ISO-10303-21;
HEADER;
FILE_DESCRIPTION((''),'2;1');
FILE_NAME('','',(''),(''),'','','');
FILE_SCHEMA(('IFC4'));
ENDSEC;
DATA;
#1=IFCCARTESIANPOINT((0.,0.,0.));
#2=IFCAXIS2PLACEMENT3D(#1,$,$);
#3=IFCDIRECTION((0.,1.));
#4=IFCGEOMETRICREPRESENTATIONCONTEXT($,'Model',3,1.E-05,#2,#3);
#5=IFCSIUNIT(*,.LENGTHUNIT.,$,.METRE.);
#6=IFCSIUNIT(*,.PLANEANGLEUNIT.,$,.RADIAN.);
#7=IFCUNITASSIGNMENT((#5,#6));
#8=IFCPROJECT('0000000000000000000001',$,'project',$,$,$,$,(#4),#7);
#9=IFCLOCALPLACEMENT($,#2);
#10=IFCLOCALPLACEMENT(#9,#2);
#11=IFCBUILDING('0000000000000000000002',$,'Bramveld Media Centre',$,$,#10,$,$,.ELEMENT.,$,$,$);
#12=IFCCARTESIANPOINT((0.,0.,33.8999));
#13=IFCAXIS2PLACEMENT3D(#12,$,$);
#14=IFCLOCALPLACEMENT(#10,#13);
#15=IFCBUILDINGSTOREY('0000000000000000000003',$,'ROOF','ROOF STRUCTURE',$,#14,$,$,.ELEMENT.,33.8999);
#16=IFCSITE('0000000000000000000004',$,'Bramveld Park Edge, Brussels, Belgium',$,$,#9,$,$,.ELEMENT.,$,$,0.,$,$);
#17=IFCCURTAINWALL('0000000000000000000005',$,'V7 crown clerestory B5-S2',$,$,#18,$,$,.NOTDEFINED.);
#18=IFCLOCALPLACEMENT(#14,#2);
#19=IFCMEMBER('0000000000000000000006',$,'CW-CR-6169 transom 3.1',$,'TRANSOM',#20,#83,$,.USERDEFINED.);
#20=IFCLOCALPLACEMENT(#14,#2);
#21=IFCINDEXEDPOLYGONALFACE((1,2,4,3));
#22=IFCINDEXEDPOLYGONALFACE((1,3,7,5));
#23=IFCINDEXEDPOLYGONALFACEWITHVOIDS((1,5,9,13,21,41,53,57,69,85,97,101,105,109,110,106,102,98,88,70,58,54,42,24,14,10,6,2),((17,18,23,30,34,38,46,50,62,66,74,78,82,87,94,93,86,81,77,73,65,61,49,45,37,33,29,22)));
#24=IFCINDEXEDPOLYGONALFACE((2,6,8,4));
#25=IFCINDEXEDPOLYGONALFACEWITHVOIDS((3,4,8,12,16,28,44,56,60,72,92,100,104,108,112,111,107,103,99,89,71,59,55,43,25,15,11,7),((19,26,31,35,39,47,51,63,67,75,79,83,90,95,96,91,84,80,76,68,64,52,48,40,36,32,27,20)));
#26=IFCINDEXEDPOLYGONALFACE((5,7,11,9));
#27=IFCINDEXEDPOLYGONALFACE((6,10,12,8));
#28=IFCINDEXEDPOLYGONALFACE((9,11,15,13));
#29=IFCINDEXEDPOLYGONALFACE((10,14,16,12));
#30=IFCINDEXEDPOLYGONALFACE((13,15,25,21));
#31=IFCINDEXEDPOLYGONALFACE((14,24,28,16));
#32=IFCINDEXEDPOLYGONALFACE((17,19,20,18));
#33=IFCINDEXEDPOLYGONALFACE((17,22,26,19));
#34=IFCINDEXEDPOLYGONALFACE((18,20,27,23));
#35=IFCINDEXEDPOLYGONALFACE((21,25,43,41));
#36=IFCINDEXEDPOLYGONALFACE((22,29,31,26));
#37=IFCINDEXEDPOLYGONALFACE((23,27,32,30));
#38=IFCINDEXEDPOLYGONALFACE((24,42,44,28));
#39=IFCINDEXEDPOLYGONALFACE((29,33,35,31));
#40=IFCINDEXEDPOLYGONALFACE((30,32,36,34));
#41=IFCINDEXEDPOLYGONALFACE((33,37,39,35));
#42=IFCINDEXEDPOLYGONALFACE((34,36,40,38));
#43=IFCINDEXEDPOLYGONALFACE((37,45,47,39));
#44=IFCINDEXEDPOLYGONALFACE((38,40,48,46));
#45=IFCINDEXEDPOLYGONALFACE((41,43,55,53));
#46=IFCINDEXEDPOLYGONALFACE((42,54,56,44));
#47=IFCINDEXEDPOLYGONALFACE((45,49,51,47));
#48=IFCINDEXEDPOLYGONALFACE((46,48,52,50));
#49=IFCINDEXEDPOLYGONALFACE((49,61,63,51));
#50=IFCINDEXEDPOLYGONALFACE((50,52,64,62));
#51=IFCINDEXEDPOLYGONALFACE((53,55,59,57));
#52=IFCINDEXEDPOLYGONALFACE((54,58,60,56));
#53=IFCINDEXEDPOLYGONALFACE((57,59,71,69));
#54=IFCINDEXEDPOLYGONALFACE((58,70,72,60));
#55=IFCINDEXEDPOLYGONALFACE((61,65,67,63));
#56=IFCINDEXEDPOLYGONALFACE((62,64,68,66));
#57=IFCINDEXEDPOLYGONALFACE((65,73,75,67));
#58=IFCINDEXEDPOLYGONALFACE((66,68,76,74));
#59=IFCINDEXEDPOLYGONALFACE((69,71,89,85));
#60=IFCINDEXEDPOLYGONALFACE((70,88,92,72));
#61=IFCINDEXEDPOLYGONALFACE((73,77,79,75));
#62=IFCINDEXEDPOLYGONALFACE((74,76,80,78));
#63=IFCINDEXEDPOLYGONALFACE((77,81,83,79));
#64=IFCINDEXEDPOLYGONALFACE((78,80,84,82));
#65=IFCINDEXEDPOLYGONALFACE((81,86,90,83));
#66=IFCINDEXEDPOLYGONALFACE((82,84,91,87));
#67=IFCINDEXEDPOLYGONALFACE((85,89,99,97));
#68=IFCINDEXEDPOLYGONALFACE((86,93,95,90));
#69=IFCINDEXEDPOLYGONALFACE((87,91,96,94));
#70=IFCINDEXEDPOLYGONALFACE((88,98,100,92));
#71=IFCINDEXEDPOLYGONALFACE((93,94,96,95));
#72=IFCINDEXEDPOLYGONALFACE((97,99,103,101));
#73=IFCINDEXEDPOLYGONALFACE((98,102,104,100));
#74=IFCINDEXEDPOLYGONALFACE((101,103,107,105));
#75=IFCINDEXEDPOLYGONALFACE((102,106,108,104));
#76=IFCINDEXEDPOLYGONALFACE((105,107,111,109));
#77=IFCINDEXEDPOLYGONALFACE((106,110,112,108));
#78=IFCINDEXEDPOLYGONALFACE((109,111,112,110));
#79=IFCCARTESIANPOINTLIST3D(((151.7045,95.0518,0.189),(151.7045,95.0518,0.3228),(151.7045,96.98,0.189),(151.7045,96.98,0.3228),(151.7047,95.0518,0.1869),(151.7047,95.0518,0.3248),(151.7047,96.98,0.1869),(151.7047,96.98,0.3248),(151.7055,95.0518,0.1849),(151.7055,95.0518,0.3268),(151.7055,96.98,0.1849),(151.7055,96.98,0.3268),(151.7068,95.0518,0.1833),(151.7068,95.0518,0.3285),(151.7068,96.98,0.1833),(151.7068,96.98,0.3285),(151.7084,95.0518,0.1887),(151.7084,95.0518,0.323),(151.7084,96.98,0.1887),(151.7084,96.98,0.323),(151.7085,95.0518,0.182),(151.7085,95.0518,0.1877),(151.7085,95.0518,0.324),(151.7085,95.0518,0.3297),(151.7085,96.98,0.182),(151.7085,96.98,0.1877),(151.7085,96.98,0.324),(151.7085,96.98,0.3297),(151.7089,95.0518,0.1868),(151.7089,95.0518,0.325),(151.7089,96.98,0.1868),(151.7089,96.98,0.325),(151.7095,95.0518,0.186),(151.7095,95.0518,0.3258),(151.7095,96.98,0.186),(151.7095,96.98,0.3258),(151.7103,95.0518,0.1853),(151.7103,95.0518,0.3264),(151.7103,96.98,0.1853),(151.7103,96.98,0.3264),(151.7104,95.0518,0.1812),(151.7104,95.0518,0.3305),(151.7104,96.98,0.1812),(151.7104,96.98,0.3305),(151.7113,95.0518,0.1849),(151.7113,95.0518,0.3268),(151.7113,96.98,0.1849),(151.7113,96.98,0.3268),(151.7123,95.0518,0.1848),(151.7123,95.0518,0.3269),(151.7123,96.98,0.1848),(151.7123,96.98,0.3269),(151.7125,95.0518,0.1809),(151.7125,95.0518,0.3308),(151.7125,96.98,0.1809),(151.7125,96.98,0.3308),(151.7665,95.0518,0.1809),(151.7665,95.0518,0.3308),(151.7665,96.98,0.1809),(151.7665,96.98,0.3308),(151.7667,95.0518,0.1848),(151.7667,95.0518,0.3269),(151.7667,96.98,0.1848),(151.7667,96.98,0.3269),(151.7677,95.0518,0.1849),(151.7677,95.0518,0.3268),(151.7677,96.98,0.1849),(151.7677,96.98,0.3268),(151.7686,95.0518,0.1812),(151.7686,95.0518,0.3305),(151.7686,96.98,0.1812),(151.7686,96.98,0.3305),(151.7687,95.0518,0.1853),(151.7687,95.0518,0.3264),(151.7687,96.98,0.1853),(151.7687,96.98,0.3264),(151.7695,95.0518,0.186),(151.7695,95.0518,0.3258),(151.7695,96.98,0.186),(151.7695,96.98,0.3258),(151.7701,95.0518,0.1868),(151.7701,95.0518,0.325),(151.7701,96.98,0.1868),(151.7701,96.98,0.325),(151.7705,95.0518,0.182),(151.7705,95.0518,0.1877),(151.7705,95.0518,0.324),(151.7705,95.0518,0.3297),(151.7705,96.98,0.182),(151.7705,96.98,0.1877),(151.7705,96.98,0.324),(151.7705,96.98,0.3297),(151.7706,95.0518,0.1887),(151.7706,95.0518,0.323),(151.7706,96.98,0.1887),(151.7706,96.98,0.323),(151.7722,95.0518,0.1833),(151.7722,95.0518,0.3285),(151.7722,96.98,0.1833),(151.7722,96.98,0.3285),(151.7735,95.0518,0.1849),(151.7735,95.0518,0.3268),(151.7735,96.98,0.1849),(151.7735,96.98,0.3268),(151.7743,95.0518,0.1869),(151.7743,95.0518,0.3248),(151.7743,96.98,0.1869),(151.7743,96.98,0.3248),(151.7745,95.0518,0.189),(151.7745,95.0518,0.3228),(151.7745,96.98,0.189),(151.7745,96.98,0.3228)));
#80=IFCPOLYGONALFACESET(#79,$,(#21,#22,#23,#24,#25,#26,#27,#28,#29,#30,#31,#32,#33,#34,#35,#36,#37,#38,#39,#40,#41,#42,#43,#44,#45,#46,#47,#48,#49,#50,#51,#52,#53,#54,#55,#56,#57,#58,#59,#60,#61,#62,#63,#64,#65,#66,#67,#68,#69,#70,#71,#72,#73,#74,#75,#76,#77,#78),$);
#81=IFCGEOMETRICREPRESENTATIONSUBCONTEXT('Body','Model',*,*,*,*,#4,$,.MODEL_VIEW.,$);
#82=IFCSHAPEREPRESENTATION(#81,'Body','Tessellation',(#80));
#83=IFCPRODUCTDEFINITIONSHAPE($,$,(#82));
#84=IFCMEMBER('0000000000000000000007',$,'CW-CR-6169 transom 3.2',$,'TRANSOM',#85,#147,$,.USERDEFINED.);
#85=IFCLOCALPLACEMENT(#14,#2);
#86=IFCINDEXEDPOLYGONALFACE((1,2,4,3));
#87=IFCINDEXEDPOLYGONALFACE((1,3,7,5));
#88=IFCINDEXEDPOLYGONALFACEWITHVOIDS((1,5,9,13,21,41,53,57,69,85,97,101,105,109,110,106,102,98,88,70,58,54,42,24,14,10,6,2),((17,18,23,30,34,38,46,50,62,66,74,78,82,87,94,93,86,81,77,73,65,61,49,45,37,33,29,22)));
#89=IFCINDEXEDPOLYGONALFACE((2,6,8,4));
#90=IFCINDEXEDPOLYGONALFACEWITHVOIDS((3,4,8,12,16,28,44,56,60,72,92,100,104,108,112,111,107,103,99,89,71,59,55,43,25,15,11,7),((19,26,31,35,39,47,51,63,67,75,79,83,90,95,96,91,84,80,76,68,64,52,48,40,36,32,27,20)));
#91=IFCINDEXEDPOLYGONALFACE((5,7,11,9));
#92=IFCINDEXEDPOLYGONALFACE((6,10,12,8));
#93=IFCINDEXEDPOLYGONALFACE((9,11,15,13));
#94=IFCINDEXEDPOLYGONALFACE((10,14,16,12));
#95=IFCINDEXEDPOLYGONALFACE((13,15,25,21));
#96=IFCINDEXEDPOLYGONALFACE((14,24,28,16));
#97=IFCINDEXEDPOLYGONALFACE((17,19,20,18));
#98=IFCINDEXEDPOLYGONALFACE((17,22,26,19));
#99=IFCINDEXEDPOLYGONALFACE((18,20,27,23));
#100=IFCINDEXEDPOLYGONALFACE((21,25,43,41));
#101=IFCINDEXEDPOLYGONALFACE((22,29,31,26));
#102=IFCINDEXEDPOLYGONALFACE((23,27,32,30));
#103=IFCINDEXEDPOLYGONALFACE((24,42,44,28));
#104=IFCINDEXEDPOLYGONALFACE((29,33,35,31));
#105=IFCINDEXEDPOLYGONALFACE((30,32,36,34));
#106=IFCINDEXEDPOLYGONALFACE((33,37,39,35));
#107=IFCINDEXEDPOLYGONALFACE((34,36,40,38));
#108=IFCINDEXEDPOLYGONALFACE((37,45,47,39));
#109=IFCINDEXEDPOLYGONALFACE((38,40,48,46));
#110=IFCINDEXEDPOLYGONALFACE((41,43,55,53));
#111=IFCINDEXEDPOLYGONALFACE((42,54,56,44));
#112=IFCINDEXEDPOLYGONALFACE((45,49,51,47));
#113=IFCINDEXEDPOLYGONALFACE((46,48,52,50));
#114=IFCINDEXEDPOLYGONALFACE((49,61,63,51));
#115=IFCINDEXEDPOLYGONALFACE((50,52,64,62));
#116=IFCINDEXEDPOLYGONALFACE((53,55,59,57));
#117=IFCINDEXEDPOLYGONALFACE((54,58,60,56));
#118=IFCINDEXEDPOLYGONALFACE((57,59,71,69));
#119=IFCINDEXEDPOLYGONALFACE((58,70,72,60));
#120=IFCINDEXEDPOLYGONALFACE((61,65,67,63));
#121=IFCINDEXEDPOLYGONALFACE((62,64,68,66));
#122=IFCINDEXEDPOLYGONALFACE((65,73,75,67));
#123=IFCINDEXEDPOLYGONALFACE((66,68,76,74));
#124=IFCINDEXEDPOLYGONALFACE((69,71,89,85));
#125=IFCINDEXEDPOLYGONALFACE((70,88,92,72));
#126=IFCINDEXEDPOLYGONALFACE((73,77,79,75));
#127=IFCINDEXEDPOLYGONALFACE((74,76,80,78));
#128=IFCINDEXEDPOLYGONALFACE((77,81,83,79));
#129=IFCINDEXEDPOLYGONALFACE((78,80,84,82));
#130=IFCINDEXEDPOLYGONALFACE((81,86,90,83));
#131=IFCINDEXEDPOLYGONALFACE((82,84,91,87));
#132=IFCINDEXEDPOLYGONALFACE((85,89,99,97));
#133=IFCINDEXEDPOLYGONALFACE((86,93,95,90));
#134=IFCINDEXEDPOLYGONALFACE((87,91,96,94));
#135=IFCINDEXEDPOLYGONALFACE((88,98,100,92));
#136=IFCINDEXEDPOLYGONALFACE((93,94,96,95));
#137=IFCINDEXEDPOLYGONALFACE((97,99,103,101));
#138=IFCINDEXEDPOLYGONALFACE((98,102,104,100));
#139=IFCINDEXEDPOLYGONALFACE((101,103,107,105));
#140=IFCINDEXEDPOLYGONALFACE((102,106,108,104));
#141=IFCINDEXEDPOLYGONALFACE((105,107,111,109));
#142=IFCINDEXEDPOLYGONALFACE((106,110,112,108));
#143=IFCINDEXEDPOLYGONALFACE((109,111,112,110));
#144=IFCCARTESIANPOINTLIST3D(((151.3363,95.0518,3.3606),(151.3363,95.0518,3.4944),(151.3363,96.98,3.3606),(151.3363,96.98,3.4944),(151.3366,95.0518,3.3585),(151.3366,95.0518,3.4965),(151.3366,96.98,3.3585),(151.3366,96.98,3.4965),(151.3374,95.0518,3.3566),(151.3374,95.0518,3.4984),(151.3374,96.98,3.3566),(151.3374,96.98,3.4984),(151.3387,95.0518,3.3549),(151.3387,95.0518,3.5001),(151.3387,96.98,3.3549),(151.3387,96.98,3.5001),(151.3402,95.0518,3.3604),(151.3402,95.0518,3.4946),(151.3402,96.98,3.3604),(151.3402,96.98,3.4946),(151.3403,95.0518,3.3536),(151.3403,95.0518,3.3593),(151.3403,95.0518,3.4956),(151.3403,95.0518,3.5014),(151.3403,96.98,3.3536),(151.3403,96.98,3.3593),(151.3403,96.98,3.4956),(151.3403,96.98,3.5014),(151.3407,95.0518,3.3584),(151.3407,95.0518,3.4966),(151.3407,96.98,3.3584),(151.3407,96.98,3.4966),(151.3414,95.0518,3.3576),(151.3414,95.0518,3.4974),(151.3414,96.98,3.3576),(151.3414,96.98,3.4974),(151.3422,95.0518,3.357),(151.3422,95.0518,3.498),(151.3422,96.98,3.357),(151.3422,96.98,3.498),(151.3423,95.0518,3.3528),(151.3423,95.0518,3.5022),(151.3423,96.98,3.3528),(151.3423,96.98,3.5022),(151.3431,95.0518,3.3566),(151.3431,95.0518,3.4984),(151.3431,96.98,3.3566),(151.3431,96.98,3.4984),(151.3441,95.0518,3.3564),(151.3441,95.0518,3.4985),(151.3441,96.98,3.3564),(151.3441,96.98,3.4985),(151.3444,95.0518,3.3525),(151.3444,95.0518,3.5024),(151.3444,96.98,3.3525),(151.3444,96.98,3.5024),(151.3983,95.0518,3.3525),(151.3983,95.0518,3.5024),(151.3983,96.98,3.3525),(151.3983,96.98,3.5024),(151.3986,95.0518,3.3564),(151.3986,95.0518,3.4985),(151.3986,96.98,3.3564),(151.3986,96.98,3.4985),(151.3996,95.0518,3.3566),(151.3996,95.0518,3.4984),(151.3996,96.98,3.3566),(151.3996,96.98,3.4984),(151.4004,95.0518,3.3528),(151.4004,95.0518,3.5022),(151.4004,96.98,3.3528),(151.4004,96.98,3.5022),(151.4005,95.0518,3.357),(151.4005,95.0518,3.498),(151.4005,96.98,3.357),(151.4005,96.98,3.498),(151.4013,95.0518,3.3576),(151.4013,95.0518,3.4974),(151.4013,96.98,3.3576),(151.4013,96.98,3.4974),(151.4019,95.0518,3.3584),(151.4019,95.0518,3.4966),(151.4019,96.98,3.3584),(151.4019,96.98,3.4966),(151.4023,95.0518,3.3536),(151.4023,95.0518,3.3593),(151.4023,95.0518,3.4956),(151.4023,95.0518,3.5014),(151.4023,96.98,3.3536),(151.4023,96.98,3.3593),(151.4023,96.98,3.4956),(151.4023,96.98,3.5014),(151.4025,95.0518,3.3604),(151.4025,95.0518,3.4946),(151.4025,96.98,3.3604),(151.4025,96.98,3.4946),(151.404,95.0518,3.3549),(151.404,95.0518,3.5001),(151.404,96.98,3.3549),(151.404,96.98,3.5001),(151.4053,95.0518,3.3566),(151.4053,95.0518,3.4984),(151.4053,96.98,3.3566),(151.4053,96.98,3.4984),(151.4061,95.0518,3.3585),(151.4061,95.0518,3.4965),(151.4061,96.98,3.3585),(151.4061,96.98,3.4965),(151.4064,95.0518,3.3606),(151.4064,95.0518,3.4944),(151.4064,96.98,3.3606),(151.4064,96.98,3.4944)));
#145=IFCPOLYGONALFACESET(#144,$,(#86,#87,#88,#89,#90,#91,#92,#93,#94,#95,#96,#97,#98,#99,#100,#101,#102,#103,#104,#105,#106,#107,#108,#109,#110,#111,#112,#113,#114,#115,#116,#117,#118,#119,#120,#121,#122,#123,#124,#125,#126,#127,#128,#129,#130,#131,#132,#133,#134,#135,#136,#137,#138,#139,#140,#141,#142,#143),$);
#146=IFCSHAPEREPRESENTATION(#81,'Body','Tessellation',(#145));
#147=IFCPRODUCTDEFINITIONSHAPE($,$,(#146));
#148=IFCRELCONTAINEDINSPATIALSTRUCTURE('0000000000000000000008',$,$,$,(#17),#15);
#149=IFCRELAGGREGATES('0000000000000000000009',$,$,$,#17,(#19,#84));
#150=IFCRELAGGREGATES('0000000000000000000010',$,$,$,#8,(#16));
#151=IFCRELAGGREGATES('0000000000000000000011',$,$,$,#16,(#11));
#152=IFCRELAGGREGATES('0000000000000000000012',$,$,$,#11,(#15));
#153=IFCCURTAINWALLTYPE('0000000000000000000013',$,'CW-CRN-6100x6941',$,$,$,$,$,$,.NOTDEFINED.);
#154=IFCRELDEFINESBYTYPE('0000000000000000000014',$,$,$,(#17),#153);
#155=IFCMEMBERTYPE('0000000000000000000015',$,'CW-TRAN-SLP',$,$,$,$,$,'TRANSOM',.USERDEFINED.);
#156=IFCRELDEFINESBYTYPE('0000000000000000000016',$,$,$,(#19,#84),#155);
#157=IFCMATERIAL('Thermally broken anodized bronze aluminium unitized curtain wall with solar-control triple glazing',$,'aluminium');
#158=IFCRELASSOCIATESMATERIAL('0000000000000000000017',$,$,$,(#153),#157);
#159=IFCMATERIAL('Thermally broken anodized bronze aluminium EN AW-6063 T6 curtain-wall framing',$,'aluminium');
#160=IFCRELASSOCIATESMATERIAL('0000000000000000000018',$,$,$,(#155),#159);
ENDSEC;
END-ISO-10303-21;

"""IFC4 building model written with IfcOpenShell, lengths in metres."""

from ifc_helpers import new_model, si_unit, direction, frame, origin, origin_2d, place, context, subcontext, project, spatial, hollow_rectangle, extrude, material, material_profile, profile_set, type_object, element, aggregate, save


model = new_model("IFC4")

# Units and contexts
model_context = context("Model", 3, precision=1e-05, world=origin(), true_north=direction((0.0, 1.0)))
body_context = subcontext(model_context, "Body", "Model", "MODEL_VIEW")
ifc_project = project(units=[si_unit("LENGTHUNIT", "METRE"), si_unit("PLANEANGLEUNIT", "RADIAN")], contexts=[model_context])

# Site, building, storey
site_placement = place(None, origin())
site = spatial("IfcSite", under=ifc_project, at=site_placement, Name="Bramveld Park Edge, Brussels, Belgium", CompositionType="ELEMENT", RefElevation=0.0)
building_placement = place(site_placement, origin())
building = spatial("IfcBuilding", under=site, at=building_placement, Name="Bramveld Media Centre", CompositionType="ELEMENT")
storey_placement = place(building_placement, frame((0.0, 0.0, 33.8999)))
storey = spatial("IfcBuildingStorey", under=building, at=storey_placement, Name="ROOF", Description="ROOF STRUCTURE", CompositionType="ELEMENT", Elevation=33.8999)

# Curtain wall
ifc_material_1 = material(Name="Thermally broken anodized bronze aluminium unitized curtain wall with solar-control triple glazing", Category="aluminium")
curtain_wall_type = type_object("IfcCurtainWallType", Name="CW-CRN-6100x6941", PredefinedType="NOTDEFINED", material=ifc_material_1)
curtain_wall_1_placement = place(storey_placement, origin())
curtain_wall_1 = element("IfcCurtainWall", 1, at=curtain_wall_1_placement, inside=storey, type_object=curtain_wall_type, Name="V7 crown clerestory B5-S2", PredefinedType="NOTDEFINED")

# Members
ifc_material_2 = material(Name="Thermally broken anodized bronze aluminium EN AW-6063 T6 curtain-wall framing", Category="aluminium")
ifc_material_profile_1 = material_profile(ifc_material_2, hollow_rectangle(XDim=0.0701, YDim=0.1499, WallThickness=0.0039, InnerFilletRadius=0.0039, OuterFilletRadius=0.0081, at=origin_2d()), Name="AL-TRAN 70x150")
ifc_profile_set_1 = profile_set([ifc_material_profile_1], Name="Thermally broken anodized bronze aluminium EN AW-6063 T6 curtain-wall framing")
member_type_1 = type_object("IfcMemberType", Name="CW-TRAN-SLP", ElementType="TRANSOM", PredefinedType="USERDEFINED", material=ifc_profile_set_1)
member_1_placement = place(storey_placement, frame((151.7395, 95.0518, 0.2559), z_axis=(0.0, 1.0, 0.0), x_axis=(-1.0, 0.0, 0.0)))
member_1 = element("IfcMember", 2, at=member_1_placement, type_object=member_type_1, Name="CW-CR-6169 transom 3.1", ObjectType="TRANSOM", PredefinedType="USERDEFINED", context=body_context, shape_type="SweptSolid", body=[
    extrude(hollow_rectangle(XDim=0.0701, YDim=0.1499, WallThickness=0.0039, InnerFilletRadius=0.0039, OuterFilletRadius=0.0081, at=origin_2d()), origin(), (0.0, 0.0, 1.0), 1.9282),
])
member_2_placement = place(storey_placement, frame((151.3713, 95.0518, 3.4275), z_axis=(0.0, 1.0, 0.0), x_axis=(-1.0, 0.0, 0.0)))
member_2 = element("IfcMember", 3, at=member_2_placement, type_object=member_type_1, Name="CW-CR-6169 transom 3.2", ObjectType="TRANSOM", PredefinedType="USERDEFINED", context=body_context, shape_type="SweptSolid", body=[
    extrude(hollow_rectangle(XDim=0.0701, YDim=0.1499, WallThickness=0.0039, InnerFilletRadius=0.0039, OuterFilletRadius=0.0081, at=origin_2d()), origin(), (0.0, 0.0, 1.0), 1.9282),
])

aggregate(curtain_wall_1, [member_1, member_2])

save(model, "model.ifc")
